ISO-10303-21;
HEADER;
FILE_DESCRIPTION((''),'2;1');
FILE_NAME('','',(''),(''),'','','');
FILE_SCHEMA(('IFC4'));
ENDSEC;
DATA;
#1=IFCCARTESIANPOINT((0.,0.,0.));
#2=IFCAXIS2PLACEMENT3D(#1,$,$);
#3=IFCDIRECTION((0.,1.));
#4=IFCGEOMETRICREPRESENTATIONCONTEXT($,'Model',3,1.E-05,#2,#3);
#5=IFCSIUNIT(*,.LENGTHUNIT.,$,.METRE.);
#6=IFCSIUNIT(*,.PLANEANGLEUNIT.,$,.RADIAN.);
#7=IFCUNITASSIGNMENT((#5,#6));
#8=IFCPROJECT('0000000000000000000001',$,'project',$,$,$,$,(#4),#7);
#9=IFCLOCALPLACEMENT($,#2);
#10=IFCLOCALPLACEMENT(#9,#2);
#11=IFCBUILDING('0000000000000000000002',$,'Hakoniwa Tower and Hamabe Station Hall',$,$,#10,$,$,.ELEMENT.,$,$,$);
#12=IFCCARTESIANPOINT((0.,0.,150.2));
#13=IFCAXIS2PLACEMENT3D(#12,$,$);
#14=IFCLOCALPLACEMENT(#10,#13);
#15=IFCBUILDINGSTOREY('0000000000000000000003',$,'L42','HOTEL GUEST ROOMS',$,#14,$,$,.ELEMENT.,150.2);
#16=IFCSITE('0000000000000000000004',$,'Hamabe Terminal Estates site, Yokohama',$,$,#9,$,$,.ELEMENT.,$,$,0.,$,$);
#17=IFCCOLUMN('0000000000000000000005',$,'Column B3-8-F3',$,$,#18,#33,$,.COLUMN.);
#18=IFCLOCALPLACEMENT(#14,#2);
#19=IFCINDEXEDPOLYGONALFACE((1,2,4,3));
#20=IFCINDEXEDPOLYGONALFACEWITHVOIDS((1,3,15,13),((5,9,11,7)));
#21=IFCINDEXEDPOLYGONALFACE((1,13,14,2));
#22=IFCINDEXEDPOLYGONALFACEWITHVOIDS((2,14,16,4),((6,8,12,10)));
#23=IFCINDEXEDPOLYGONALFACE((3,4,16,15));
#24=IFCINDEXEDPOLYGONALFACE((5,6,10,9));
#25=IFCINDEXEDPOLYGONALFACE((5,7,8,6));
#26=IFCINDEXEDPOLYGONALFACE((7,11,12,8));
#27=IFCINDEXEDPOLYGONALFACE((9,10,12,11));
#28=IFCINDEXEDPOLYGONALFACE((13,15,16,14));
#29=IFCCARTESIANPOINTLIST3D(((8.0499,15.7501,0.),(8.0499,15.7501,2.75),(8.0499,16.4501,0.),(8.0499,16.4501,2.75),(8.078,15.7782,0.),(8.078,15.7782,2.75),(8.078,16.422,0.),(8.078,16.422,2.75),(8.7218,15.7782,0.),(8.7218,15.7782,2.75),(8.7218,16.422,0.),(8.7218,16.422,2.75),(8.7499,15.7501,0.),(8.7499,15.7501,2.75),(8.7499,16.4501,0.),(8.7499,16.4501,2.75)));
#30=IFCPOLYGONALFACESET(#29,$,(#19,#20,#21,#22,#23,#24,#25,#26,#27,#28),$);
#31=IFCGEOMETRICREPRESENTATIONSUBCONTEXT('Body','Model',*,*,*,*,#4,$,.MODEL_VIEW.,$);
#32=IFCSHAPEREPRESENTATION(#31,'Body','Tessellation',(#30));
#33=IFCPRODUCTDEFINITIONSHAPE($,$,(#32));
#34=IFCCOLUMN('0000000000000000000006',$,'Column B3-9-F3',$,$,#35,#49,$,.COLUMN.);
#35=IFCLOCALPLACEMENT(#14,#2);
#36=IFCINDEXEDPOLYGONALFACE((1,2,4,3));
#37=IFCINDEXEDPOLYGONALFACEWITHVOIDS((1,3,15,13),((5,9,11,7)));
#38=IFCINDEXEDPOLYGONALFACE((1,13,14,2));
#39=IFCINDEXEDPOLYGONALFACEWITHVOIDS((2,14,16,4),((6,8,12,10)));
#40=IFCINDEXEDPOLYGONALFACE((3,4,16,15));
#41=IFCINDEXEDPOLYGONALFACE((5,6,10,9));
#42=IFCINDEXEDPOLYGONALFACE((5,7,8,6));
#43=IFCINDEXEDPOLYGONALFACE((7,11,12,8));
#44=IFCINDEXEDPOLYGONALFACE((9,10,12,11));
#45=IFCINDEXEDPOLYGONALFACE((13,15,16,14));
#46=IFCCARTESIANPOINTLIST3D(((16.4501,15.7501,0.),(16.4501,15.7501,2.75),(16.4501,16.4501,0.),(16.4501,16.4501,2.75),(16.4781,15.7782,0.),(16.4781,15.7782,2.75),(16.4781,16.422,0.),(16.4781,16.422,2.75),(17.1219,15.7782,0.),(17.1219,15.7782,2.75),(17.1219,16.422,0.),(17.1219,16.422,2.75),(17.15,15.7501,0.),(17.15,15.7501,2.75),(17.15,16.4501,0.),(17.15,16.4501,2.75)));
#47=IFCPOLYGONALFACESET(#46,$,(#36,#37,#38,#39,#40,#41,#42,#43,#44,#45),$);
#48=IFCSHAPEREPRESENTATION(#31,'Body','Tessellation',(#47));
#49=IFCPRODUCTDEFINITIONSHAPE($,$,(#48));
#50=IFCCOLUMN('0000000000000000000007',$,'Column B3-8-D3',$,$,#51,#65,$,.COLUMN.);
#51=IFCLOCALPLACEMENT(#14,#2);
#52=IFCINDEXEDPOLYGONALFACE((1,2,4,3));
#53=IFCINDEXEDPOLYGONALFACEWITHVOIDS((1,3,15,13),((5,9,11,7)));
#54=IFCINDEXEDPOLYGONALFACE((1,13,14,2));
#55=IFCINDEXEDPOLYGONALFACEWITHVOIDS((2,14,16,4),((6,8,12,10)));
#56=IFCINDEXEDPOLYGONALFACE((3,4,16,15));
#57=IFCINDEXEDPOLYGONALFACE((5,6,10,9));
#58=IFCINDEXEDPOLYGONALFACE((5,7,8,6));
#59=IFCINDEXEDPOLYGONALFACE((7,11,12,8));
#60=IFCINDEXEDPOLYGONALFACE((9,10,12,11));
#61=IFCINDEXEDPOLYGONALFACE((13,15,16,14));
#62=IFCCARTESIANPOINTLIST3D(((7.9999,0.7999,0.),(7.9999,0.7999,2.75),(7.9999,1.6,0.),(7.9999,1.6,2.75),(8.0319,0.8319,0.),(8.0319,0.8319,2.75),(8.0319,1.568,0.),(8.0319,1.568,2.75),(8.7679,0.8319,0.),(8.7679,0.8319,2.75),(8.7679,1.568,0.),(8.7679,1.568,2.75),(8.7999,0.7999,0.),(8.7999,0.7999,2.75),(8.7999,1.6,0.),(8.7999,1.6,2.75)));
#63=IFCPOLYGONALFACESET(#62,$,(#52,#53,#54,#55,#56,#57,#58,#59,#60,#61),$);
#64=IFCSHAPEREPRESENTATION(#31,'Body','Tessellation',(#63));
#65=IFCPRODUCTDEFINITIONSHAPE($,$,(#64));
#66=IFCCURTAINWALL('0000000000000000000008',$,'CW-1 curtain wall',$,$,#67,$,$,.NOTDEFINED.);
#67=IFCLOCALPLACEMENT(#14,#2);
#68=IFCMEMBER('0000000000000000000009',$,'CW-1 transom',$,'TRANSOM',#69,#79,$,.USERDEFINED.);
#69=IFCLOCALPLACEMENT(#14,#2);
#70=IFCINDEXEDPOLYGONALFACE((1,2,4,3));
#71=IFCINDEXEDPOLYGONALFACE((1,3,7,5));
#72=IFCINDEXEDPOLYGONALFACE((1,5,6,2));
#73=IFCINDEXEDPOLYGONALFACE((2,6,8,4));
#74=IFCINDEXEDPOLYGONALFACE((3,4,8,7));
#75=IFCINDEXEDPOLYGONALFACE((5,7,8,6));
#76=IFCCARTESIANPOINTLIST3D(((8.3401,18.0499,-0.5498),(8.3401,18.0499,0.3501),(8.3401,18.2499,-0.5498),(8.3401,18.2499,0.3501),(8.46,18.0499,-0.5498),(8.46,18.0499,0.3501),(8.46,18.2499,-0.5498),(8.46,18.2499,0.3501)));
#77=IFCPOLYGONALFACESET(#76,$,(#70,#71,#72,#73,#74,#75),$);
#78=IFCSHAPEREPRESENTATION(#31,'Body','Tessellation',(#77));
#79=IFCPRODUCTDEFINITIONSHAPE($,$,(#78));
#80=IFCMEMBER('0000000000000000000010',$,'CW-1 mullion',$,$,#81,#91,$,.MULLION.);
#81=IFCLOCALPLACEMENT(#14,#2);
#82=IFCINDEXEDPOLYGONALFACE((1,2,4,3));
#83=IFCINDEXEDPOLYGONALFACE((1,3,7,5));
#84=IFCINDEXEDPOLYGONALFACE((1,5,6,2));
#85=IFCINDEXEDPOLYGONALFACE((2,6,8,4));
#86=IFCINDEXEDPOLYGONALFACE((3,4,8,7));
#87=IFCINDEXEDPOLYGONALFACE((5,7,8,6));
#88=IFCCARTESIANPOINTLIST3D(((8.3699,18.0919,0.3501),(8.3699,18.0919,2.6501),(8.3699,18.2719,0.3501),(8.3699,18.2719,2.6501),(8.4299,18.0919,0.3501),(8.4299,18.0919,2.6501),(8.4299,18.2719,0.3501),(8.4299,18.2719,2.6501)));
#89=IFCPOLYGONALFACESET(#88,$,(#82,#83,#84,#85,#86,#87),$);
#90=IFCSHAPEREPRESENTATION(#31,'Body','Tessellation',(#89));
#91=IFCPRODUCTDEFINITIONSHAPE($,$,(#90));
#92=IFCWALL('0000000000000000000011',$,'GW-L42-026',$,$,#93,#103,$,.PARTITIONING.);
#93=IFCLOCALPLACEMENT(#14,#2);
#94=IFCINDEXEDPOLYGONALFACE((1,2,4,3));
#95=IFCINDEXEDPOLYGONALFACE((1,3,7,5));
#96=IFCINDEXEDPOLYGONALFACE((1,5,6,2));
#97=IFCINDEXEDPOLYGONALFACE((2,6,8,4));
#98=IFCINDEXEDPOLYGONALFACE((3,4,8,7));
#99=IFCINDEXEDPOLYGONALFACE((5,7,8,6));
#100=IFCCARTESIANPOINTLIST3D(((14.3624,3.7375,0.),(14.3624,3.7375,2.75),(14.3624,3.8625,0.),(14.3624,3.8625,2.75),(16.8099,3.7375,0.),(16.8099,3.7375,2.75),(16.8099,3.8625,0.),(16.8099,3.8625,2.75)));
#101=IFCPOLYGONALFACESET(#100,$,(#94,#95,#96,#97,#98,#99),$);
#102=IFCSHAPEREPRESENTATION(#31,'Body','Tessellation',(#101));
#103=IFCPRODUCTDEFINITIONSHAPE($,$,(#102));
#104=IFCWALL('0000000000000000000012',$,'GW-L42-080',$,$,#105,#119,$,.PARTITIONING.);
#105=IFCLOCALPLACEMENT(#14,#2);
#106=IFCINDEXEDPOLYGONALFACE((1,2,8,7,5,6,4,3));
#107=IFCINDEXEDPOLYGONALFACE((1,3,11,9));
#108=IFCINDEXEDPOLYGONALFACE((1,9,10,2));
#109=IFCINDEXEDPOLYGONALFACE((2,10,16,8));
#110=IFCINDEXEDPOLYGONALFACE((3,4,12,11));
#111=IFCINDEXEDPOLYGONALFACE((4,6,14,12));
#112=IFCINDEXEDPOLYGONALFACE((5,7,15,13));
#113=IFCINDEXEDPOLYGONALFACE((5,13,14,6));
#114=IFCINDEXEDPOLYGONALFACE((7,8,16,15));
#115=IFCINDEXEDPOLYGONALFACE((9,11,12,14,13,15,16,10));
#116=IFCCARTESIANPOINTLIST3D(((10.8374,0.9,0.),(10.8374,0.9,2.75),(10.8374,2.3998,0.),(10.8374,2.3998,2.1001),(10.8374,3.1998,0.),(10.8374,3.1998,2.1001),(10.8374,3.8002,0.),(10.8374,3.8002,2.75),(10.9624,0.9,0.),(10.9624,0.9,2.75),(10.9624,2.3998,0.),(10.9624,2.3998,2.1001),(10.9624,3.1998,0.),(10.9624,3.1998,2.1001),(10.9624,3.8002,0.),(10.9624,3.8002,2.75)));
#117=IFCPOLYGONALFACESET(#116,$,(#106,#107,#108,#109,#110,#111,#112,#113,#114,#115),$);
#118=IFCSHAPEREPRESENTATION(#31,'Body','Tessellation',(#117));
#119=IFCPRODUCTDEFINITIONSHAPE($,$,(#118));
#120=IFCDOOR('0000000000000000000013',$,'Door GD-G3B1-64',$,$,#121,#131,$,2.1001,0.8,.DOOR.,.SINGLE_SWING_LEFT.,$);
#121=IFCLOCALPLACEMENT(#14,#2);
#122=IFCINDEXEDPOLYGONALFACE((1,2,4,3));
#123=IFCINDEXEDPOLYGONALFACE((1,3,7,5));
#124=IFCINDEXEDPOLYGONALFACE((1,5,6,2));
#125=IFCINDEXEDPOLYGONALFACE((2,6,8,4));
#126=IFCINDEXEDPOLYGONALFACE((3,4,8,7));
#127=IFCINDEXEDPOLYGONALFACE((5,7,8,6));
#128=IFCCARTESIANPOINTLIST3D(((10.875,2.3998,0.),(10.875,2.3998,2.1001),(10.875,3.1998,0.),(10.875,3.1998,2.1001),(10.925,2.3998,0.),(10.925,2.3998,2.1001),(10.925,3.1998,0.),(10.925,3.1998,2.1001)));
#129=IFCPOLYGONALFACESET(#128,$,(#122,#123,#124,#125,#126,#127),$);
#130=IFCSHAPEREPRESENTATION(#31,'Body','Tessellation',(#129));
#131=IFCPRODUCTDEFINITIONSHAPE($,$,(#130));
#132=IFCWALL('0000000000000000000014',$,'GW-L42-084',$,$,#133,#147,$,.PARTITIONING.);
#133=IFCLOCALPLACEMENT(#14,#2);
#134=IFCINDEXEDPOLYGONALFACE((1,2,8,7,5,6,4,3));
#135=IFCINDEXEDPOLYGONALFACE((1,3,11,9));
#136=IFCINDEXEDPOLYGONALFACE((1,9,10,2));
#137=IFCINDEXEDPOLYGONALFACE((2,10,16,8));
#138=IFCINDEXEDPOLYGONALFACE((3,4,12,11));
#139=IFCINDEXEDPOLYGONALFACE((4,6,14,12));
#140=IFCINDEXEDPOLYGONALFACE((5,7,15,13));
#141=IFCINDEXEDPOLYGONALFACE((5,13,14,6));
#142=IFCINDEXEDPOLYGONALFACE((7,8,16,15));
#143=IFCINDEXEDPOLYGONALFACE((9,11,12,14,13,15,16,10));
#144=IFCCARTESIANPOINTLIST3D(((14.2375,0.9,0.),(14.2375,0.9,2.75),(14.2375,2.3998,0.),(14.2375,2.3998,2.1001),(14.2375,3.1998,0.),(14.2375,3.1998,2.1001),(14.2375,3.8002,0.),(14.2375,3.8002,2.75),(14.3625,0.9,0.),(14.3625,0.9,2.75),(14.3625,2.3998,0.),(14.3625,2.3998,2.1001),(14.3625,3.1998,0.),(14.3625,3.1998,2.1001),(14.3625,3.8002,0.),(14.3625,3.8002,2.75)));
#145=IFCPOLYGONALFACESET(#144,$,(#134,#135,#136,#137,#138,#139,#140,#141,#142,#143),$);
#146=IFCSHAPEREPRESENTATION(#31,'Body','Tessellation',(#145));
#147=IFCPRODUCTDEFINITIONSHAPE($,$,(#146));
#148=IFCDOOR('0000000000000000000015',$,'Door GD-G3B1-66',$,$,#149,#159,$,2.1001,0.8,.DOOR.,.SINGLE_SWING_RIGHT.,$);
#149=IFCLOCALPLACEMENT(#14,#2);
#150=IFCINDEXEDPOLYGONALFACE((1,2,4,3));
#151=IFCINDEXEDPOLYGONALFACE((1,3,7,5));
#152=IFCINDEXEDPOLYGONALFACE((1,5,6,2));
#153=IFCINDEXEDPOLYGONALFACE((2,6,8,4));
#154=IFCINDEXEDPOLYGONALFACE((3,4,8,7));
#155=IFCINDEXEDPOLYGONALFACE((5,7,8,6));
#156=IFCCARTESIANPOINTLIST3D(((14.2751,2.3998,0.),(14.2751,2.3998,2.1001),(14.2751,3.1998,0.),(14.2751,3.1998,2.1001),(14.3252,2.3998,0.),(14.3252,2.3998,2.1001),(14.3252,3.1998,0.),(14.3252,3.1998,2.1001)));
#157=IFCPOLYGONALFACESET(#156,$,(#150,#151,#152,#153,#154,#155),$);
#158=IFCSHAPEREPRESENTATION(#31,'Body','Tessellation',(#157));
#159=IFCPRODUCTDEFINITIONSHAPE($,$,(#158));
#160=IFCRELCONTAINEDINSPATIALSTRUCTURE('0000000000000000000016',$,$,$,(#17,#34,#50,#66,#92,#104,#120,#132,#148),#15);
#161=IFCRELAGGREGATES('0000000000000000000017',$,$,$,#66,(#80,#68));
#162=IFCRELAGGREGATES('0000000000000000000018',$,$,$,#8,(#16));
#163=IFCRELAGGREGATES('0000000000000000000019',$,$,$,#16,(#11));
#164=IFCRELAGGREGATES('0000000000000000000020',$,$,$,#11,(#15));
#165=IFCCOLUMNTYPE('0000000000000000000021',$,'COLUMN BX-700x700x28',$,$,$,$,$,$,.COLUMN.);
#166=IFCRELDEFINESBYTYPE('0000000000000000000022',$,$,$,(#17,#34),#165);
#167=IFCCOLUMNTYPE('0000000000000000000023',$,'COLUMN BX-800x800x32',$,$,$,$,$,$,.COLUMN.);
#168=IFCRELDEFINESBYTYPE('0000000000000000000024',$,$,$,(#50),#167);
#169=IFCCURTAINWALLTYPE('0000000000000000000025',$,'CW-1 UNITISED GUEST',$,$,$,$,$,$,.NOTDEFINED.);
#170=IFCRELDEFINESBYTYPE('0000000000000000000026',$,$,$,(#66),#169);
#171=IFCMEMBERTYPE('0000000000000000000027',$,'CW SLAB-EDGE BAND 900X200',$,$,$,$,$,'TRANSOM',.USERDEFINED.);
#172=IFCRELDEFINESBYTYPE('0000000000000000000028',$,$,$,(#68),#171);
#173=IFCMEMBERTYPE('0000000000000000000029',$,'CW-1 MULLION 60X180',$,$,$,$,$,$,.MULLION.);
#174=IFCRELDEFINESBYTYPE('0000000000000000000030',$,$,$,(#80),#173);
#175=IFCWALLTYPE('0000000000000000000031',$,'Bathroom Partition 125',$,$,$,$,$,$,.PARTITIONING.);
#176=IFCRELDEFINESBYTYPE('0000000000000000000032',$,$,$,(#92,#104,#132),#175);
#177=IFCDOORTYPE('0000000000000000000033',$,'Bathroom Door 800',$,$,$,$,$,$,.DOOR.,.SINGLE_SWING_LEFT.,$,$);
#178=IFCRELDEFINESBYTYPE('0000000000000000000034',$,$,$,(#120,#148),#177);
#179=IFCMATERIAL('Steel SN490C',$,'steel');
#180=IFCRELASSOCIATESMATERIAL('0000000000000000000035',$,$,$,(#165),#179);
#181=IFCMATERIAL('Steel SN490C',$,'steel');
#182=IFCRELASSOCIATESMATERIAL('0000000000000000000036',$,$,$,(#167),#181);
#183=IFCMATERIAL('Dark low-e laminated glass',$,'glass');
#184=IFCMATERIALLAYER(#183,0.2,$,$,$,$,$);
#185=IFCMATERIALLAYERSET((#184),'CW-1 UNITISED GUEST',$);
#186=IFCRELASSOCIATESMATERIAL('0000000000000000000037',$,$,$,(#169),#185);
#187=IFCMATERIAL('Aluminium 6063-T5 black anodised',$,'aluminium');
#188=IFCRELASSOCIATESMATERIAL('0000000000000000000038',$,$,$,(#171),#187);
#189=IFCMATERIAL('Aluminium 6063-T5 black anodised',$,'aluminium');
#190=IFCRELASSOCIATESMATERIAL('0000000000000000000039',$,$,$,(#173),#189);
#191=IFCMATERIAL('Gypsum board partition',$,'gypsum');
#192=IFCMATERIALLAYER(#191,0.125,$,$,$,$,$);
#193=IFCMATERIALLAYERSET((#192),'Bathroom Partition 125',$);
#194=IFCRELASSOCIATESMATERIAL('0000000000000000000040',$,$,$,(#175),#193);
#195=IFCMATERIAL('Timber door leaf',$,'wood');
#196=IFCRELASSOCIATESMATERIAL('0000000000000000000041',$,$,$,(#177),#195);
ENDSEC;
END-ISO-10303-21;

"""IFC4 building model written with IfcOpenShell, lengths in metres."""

from ifc_helpers import new_model, si_unit, direction, frame, frame_2d, origin, origin_2d, place, context, subcontext, project, spatial, rectangle, hollow_rectangle, extrude, material, layer, layer_set, material_profile, profile_set, type_object, element, fill, aggregate, save


model = new_model("IFC4")

# Units and contexts
model_context = context("Model", 3, precision=1e-05, world=origin(), true_north=direction((0.0, 1.0)))
body_context = subcontext(model_context, "Body", "Model", "MODEL_VIEW")
ifc_project = project(units=[si_unit("LENGTHUNIT", "METRE"), si_unit("PLANEANGLEUNIT", "RADIAN")], contexts=[model_context])

# Site, building, storey
site_placement = place(None, origin())
site = spatial("IfcSite", under=ifc_project, at=site_placement, Name="Hamabe Terminal Estates site, Yokohama", CompositionType="ELEMENT", RefElevation=0.0)
building_placement = place(site_placement, origin())
building = spatial("IfcBuilding", under=site, at=building_placement, Name="Hakoniwa Tower and Hamabe Station Hall", CompositionType="ELEMENT")
storey_placement = place(building_placement, frame((0.0, 0.0, 150.2)))
storey = spatial("IfcBuildingStorey", under=building, at=storey_placement, Name="L42", Description="HOTEL GUEST ROOMS", CompositionType="ELEMENT", Elevation=150.2)

# Columns
ifc_material_1 = material(Name="Steel SN490C", Category="steel")
ifc_material_profile_1 = material_profile(ifc_material_1, hollow_rectangle(XDim=0.7, YDim=0.7, WallThickness=0.0281, at=origin_2d()), Name="BX-700x700x28")
ifc_profile_set_1 = profile_set([ifc_material_profile_1], Name="Steel SN490C")
column_type_1 = type_object("IfcColumnType", Name="COLUMN BX-700x700x28", PredefinedType="COLUMN", material=ifc_profile_set_1)
for number, where, z_axis, x_axis, name in (
    (1, (8.3999, 16.1001, 0.0), (0.0, 0.0, 1.0), (1.0, 0.0, 0.0), "Column B3-8-F3"),
    (2, (16.8, 16.1001, 0.0), (0.0, 0.0, 1.0), (1.0, 0.0, 0.0), "Column B3-9-F3"),
):
    element("IfcColumn", number, at=place(storey_placement, frame(where, z_axis=z_axis, x_axis=x_axis)), inside=storey, type_object=column_type_1, Name=name, PredefinedType="COLUMN", context=body_context, shape_type="SweptSolid", body=[
        extrude(hollow_rectangle(XDim=0.7, YDim=0.7, WallThickness=0.0281, at=origin_2d()), origin(), (0.0, 0.0, 1.0), 2.75),
    ])
ifc_material_2 = material(Name="Steel SN490C", Category="steel")
ifc_material_profile_2 = material_profile(ifc_material_2, hollow_rectangle(XDim=0.8, YDim=0.8, WallThickness=0.032, at=origin_2d()), Name="BX-800x800x32")
ifc_profile_set_2 = profile_set([ifc_material_profile_2], Name="Steel SN490C")
column_type_2 = type_object("IfcColumnType", Name="COLUMN BX-800x800x32", PredefinedType="COLUMN", material=ifc_profile_set_2)
column_placement = place(storey_placement, frame((8.3999, 1.2, 0.0), z_axis=(0.0, 0.0, 1.0), x_axis=(1.0, 0.0, 0.0)))
element("IfcColumn", 3, at=column_placement, inside=storey, type_object=column_type_2, Name="Column B3-8-D3", PredefinedType="COLUMN", context=body_context, shape_type="SweptSolid", body=[
    extrude(hollow_rectangle(XDim=0.8, YDim=0.8, WallThickness=0.032, at=origin_2d()), origin(), (0.0, 0.0, 1.0), 2.75),
])

# Curtain wall, members
ifc_material_3 = material(Name="Dark low-e laminated glass", Category="glass")
ifc_layer_1 = layer(ifc_material_3, 0.2)
ifc_layer_set_1 = layer_set([ifc_layer_1], Name="CW-1 UNITISED GUEST")
curtain_wall_type = type_object("IfcCurtainWallType", Name="CW-1 UNITISED GUEST", PredefinedType="NOTDEFINED", material=ifc_layer_set_1)
curtain_wall_placement = place(storey_placement, origin())
curtain_wall = element("IfcCurtainWall", 4, at=curtain_wall_placement, inside=storey, type_object=curtain_wall_type, Name="CW-1 curtain wall", PredefinedType="NOTDEFINED")
ifc_material_4 = material(Name="Aluminium 6063-T5 black anodised", Category="aluminium")
ifc_material_profile_3 = material_profile(ifc_material_4, rectangle(XDim=0.2, YDim=0.8999, at=origin_2d()), Name="CW SLAB-EDGE BAND 900X200")
ifc_profile_set_3 = profile_set([ifc_material_profile_3], Name="Aluminium 6063-T5 black anodised")
member_type_1 = type_object("IfcMemberType", Name="CW SLAB-EDGE BAND 900X200", ElementType="TRANSOM", PredefinedType="USERDEFINED", material=ifc_profile_set_3)
member_1_placement = place(storey_placement, frame((8.46, 18.1499, -0.0999), z_axis=(-1.0, 0.0, 0.0), x_axis=(0.0, -1.0, 0.0)))
member_1 = element("IfcMember", 5, at=member_1_placement, type_object=member_type_1, Name="CW-1 transom", ObjectType="TRANSOM", PredefinedType="USERDEFINED", context=body_context, shape_type="SweptSolid", body=[
    extrude(rectangle(XDim=0.2, YDim=0.8999, at=origin_2d()), origin(), (0.0, 0.0, 1.0), 0.1199),
])
ifc_material_5 = material(Name="Aluminium 6063-T5 black anodised", Category="aluminium")
ifc_material_profile_4 = material_profile(ifc_material_5, rectangle(XDim=0.0601, YDim=0.1799, at=origin_2d()), Name="CW-1 MULLION 60X180")
ifc_profile_set_4 = profile_set([ifc_material_profile_4], Name="Aluminium 6063-T5 black anodised")
member_type_2 = type_object("IfcMemberType", Name="CW-1 MULLION 60X180", PredefinedType="MULLION", material=ifc_profile_set_4)
member_2_placement = place(storey_placement, frame((8.3999, 18.1819, 0.3501), z_axis=(0.0, 0.0, 1.0), x_axis=(-1.0, 0.0, 0.0)))
member_2 = element("IfcMember", 6, at=member_2_placement, type_object=member_type_2, Name="CW-1 mullion", PredefinedType="MULLION", context=body_context, shape_type="SweptSolid", body=[
    extrude(rectangle(XDim=0.0601, YDim=0.1799, at=origin_2d()), origin(), (0.0, 0.0, 1.0), 2.3),
])

# Wall
ifc_material_6 = material(Name="Gypsum board partition", Category="gypsum")
ifc_layer_2 = layer(ifc_material_6, 0.125)
ifc_layer_set_2 = layer_set([ifc_layer_2], Name="Bathroom Partition 125")
wall_type_1 = type_object("IfcWallType", Name="Bathroom Partition 125", PredefinedType="PARTITIONING", material=ifc_layer_set_2)
wall_1_placement = place(storey_placement, frame((14.3625, 3.8, 0.0), z_axis=(0.0, 0.0, 1.0), x_axis=(1.0, 0.0, 0.0)))
element("IfcWall", 7, at=wall_1_placement, inside=storey, type_object=wall_type_1, Name="GW-L42-026", PredefinedType="PARTITIONING", context=body_context, shape_type="SweptSolid", body=[
    extrude(rectangle(XDim=2.4475, YDim=0.125, at=frame_2d((1.2236, 0.0))), origin(), (0.0, 0.0, 1.0), 2.75),
])

# Walls, openings, doors
wall_2_placement = place(storey_placement, frame((10.8999, 0.8999, 0.0), z_axis=(0.0, 0.0, 1.0), x_axis=(0.0, 1.0, 0.0)))
wall_2 = element("IfcWall", 8, at=wall_2_placement, inside=storey, type_object=wall_type_1, Name="GW-L42-080", PredefinedType="PARTITIONING", context=body_context, shape_type="SweptSolid", body=[
    extrude(rectangle(XDim=2.9001, YDim=0.125, at=frame_2d((1.4502, 0.0))), origin(), (0.0, 0.0, 1.0), 2.75),
])
opening_1_placement = place(wall_2_placement, frame((1.5, 0.0, 0.0)))
opening_1 = element("IfcOpeningElement", 9, at=opening_1_placement, cuts=wall_2, PredefinedType="OPENING", context=body_context, shape_type="SweptSolid", body=[
    extrude(rectangle(XDim=0.8, YDim=2.1001, at=frame_2d((0.3999, 1.05))), frame((0.0, 0.0725, 0.0), z_axis=(0.0, -1.0, 0.0), x_axis=(1.0, 0.0, 0.0)), (0.0, 0.0, 1.0), 0.145),
])
ifc_material_7 = material(Name="Timber door leaf", Category="wood")
door_type_1 = type_object("IfcDoorType", Name="Bathroom Door 800", OperationType="SINGLE_SWING_LEFT", PredefinedType="DOOR", material=ifc_material_7)
door_1_placement = place(opening_1_placement, origin())
door_1 = element("IfcDoor", 10, at=door_1_placement, inside=storey, type_object=door_type_1, Name="Door GD-G3B1-64", OperationType="SINGLE_SWING_LEFT", OverallHeight=2.1001, OverallWidth=0.8, PredefinedType="DOOR", context=body_context, shape_type="SweptSolid", body=[
    extrude(rectangle(XDim=0.8, YDim=2.1001, at=frame_2d((0.3999, 1.05))), frame((0.0, 0.0249, 0.0), z_axis=(0.0, -1.0, 0.0), x_axis=(1.0, 0.0, 0.0)), (0.0, 0.0, 1.0), 0.05),
])
fill(opening_1, door_1)
wall_3_placement = place(storey_placement, frame((14.3, 0.8999, 0.0), z_axis=(0.0, 0.0, 1.0), x_axis=(0.0, 1.0, 0.0)))
wall_3 = element("IfcWall", 11, at=wall_3_placement, inside=storey, type_object=wall_type_1, Name="GW-L42-084", PredefinedType="PARTITIONING", context=body_context, shape_type="SweptSolid", body=[
    extrude(rectangle(XDim=2.9001, YDim=0.125, at=frame_2d((1.4502, 0.0))), origin(), (0.0, 0.0, 1.0), 2.75),
])
opening_2_placement = place(wall_3_placement, frame((1.5, 0.0, 0.0)))
opening_2 = element("IfcOpeningElement", 12, at=opening_2_placement, cuts=wall_3, PredefinedType="OPENING", context=body_context, shape_type="SweptSolid", body=[
    extrude(rectangle(XDim=0.8, YDim=2.1001, at=frame_2d((0.3999, 1.05))), frame((0.0, 0.0725, 0.0), z_axis=(0.0, -1.0, 0.0), x_axis=(1.0, 0.0, 0.0)), (0.0, 0.0, 1.0), 0.145),
])
door_2_placement = place(opening_2_placement, origin())
door_2 = element("IfcDoor", 13, at=door_2_placement, inside=storey, type_object=door_type_1, Name="Door GD-G3B1-66", OperationType="SINGLE_SWING_RIGHT", OverallHeight=2.1001, OverallWidth=0.8, PredefinedType="DOOR", context=body_context, shape_type="SweptSolid", body=[
    extrude(rectangle(XDim=0.8, YDim=2.1001, at=frame_2d((0.3999, 1.05))), frame((0.0, 0.0249, 0.0), z_axis=(0.0, -1.0, 0.0), x_axis=(1.0, 0.0, 0.0)), (0.0, 0.0, 1.0), 0.05),
])
fill(opening_2, door_2)

aggregate(curtain_wall, [member_2, member_1])

save(model, "model.ifc")
